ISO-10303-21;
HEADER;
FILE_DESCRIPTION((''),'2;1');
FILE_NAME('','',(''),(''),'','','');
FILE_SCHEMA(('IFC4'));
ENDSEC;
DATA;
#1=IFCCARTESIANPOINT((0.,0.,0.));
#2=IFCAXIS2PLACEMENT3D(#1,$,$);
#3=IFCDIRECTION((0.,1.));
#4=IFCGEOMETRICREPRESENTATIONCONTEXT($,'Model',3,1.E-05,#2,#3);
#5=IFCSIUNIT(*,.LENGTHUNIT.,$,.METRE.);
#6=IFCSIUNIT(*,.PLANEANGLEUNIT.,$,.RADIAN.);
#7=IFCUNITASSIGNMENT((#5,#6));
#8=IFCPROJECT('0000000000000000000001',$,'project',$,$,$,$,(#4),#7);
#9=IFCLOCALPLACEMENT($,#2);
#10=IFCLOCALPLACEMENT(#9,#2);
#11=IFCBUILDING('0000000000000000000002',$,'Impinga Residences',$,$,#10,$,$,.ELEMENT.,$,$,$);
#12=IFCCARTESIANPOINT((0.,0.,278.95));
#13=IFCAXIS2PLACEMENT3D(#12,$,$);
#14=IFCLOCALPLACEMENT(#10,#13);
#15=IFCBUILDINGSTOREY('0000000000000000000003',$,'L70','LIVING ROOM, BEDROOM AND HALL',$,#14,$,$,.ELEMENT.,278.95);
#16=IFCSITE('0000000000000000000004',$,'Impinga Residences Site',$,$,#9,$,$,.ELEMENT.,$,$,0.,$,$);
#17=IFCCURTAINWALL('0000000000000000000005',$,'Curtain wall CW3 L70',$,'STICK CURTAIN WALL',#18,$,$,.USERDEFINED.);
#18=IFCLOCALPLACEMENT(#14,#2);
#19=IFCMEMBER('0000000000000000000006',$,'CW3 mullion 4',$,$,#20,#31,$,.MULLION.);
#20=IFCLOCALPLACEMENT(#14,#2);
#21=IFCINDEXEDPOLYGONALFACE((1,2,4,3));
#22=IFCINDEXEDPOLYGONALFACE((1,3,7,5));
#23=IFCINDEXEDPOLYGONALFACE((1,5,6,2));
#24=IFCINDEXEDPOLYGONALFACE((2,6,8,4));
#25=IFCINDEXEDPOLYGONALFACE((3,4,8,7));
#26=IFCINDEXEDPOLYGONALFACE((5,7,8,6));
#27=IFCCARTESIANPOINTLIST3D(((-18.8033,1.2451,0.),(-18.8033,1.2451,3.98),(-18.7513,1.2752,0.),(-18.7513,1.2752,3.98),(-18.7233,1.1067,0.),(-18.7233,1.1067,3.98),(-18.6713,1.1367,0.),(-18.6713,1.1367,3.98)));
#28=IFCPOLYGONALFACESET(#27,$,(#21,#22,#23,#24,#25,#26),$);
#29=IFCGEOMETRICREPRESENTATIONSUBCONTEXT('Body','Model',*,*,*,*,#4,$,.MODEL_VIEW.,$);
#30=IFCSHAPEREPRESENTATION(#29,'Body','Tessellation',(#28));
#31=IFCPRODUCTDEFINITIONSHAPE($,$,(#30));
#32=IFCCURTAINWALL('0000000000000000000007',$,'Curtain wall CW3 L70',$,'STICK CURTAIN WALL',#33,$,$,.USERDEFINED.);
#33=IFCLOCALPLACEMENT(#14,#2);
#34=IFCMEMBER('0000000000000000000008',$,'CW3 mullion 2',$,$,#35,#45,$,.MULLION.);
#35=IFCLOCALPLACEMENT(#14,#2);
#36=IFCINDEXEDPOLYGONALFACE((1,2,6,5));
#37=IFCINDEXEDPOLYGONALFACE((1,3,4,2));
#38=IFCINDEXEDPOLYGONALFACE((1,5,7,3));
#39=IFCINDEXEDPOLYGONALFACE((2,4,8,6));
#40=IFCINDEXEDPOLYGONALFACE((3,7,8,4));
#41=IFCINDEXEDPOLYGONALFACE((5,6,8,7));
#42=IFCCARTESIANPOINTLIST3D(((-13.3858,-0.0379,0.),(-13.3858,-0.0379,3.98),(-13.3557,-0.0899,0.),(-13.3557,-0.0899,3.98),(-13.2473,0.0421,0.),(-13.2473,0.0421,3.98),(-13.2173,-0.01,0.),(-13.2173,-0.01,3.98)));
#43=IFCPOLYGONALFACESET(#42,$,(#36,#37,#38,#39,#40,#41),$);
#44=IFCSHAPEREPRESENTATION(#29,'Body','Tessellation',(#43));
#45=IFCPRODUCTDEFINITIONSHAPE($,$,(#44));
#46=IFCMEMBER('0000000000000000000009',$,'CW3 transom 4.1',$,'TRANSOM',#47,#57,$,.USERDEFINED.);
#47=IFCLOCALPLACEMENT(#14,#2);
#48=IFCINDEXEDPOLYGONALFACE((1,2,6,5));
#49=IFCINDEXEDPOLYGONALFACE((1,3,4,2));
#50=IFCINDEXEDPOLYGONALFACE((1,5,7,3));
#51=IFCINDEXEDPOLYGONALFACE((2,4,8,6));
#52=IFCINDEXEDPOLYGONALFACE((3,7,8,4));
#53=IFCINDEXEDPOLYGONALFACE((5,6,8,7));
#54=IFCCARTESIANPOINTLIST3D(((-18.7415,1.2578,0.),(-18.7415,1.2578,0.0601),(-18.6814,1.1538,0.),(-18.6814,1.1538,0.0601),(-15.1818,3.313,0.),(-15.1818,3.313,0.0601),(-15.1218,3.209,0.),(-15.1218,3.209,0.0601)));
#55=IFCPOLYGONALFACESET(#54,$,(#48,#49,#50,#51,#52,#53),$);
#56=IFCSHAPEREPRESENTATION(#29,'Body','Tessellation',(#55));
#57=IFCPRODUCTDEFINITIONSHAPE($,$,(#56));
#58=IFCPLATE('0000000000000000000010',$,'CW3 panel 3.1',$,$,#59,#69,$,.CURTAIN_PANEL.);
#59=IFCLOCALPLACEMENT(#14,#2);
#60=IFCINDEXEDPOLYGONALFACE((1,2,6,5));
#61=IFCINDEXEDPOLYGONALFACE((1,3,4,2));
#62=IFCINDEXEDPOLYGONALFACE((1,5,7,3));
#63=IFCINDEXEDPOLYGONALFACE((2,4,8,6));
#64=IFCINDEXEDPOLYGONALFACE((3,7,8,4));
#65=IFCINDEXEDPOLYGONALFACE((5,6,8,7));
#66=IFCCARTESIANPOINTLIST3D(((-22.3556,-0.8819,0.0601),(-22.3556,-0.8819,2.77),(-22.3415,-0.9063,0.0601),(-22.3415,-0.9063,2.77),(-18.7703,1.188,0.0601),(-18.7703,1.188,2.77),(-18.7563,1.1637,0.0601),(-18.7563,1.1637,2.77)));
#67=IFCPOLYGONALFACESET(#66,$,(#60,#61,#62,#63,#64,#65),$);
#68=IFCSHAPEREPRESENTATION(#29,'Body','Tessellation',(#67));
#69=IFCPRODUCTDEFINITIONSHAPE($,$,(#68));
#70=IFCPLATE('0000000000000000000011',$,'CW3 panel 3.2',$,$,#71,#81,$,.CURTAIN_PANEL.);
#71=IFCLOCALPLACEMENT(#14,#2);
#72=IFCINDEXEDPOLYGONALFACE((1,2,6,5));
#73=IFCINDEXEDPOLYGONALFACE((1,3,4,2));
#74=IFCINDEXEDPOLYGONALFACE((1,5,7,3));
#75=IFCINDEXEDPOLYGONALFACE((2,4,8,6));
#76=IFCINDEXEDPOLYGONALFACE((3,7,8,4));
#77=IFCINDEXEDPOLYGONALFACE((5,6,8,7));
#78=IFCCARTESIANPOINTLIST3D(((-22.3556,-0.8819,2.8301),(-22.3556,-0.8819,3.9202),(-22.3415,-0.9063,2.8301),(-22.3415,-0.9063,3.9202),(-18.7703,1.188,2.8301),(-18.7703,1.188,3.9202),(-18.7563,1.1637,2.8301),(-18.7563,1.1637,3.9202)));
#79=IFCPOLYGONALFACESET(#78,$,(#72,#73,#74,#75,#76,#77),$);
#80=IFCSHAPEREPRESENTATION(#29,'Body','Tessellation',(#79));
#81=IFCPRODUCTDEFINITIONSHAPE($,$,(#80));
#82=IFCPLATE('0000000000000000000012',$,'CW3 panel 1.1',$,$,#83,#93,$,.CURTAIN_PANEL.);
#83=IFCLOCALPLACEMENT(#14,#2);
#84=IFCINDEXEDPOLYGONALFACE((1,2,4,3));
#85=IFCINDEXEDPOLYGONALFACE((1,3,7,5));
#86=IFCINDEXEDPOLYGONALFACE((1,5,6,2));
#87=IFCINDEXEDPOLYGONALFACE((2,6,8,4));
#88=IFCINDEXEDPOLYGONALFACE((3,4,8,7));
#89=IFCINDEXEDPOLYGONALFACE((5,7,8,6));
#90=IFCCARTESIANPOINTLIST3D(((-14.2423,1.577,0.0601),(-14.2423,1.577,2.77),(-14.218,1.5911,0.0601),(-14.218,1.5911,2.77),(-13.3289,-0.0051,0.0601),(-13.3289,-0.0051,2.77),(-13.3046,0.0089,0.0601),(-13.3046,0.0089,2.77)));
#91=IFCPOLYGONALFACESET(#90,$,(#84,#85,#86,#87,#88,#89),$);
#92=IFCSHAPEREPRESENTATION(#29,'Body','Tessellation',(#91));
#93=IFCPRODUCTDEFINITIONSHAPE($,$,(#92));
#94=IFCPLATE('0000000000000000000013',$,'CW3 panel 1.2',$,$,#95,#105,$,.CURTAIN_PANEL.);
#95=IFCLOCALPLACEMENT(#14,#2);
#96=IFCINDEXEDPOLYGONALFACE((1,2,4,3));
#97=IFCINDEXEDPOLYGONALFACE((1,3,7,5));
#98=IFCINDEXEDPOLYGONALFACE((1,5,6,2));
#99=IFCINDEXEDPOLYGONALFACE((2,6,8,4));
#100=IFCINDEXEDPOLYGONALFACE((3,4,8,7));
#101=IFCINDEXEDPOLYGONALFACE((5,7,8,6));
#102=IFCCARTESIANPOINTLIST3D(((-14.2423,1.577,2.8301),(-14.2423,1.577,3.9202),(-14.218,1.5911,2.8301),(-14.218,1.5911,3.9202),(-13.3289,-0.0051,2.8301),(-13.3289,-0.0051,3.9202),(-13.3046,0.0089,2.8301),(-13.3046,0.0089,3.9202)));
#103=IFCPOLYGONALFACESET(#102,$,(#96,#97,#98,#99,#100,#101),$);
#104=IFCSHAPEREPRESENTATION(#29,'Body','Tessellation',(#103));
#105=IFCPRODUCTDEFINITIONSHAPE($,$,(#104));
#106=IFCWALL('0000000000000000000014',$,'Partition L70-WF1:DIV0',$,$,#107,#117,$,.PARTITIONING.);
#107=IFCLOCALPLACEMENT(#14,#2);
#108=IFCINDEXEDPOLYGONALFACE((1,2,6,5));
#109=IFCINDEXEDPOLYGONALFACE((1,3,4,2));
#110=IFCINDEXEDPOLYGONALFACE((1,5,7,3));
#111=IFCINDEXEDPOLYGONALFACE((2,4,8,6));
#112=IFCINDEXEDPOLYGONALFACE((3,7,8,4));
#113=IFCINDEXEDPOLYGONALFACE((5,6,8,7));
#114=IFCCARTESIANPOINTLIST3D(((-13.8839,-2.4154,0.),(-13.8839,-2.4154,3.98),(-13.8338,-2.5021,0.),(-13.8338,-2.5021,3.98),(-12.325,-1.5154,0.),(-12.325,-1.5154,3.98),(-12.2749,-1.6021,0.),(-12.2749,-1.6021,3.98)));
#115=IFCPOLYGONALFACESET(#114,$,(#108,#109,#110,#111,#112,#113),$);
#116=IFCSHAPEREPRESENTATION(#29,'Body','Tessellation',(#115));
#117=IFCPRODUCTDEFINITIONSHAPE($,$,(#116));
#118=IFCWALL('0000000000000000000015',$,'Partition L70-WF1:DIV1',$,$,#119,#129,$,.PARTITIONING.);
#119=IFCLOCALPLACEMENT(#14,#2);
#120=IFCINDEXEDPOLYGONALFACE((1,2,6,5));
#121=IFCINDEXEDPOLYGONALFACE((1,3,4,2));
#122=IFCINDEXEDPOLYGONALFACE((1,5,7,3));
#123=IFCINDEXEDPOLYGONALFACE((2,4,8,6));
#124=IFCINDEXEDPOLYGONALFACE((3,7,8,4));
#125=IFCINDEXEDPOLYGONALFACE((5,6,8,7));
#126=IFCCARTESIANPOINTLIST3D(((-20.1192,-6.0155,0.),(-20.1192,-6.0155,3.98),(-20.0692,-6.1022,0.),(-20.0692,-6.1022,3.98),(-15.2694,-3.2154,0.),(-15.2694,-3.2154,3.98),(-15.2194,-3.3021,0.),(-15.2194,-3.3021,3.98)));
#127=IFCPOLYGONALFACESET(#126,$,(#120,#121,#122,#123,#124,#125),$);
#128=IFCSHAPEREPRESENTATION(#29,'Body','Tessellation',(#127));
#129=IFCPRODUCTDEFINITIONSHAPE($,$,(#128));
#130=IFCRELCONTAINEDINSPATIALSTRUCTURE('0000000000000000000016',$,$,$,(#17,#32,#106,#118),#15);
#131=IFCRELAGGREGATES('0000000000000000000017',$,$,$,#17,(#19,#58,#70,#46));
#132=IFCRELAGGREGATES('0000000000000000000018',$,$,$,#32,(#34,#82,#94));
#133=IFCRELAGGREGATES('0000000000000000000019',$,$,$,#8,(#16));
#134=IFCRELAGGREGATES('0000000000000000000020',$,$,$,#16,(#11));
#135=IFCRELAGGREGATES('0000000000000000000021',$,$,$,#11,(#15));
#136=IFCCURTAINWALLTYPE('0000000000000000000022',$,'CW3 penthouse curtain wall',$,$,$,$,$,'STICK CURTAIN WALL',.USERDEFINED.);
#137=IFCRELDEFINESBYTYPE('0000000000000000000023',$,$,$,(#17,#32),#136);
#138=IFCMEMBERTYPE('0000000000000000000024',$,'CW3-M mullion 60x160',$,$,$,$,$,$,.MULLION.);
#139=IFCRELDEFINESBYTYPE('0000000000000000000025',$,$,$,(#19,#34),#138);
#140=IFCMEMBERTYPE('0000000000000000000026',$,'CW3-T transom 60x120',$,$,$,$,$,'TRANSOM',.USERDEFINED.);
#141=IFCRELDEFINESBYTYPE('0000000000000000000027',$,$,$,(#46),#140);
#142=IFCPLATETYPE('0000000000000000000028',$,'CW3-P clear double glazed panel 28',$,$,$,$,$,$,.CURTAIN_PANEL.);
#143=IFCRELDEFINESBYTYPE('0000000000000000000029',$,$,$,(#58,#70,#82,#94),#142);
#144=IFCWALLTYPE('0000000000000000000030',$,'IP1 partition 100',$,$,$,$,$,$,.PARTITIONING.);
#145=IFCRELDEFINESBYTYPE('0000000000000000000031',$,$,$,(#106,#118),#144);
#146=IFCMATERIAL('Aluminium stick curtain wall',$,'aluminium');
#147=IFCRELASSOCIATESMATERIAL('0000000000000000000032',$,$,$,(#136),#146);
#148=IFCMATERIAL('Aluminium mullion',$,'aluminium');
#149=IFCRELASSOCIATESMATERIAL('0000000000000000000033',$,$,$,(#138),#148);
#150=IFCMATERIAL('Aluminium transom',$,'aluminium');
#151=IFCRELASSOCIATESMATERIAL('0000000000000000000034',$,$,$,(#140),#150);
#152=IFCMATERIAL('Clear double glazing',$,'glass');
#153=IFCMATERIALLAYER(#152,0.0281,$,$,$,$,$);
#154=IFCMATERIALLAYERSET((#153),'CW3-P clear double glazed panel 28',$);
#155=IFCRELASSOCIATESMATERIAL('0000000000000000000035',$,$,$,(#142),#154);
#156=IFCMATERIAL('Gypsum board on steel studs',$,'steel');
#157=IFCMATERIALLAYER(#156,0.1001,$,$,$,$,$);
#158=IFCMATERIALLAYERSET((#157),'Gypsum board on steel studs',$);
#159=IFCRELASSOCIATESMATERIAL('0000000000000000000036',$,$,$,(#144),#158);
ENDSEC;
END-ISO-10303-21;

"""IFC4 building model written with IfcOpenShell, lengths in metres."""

from ifc_helpers import new_model, si_unit, direction, frame, frame_2d, origin, origin_2d, place, context, subcontext, project, spatial, rectangle, extrude, material, layer, layer_set, material_profile, profile_set, type_object, element, aggregate, save


model = new_model("IFC4")

# Units and contexts
model_context = context("Model", 3, precision=1e-05, world=origin(), true_north=direction((0.0, 1.0)))
body_context = subcontext(model_context, "Body", "Model", "MODEL_VIEW")
ifc_project = project(units=[si_unit("LENGTHUNIT", "METRE"), si_unit("PLANEANGLEUNIT", "RADIAN")], contexts=[model_context])

# Site, building, storey
site_placement = place(None, origin())
site = spatial("IfcSite", under=ifc_project, at=site_placement, Name="Impinga Residences Site", CompositionType="ELEMENT", RefElevation=0.0)
building_placement = place(site_placement, origin())
building = spatial("IfcBuilding", under=site, at=building_placement, Name="Impinga Residences", CompositionType="ELEMENT")
storey_placement = place(building_placement, frame((0.0, 0.0, 278.95)))
storey = spatial("IfcBuildingStorey", under=building, at=storey_placement, Name="L70", Description="LIVING ROOM, BEDROOM AND HALL", CompositionType="ELEMENT", Elevation=278.95)

# Curtain walls, members
ifc_material_1 = material(Name="Aluminium stick curtain wall", Category="aluminium")
curtain_wall_type = type_object("IfcCurtainWallType", Name="CW3 penthouse curtain wall", ElementType="STICK CURTAIN WALL", PredefinedType="USERDEFINED", material=ifc_material_1)
curtain_wall_1_placement = place(storey_placement, origin())
curtain_wall_1 = element("IfcCurtainWall", 1, at=curtain_wall_1_placement, inside=storey, type_object=curtain_wall_type, Name="Curtain wall CW3 L70", ObjectType="STICK CURTAIN WALL", PredefinedType="USERDEFINED")
ifc_material_2 = material(Name="Aluminium mullion", Category="aluminium")
ifc_material_profile_1 = material_profile(ifc_material_2, rectangle(XDim=0.0601, YDim=0.1599, at=origin_2d()), Name="60x160 mullion")
ifc_profile_set_1 = profile_set([ifc_material_profile_1], Name="Aluminium mullion")
member_type_1 = type_object("IfcMemberType", Name="CW3-M mullion 60x160", PredefinedType="MULLION", material=ifc_profile_set_1)
member_1_placement = place(storey_placement, frame((-18.7373, 1.1909, 0.0), z_axis=(0.0, 0.0, 1.0), x_axis=(0.866025, 0.5, 0.0)))
member_1 = element("IfcMember", 2, at=member_1_placement, type_object=member_type_1, Name="CW3 mullion 4", PredefinedType="MULLION", context=body_context, shape_type="SweptSolid", body=[
    extrude(rectangle(XDim=0.0601, YDim=0.1599, at=origin_2d()), origin(), (0.0, 0.0, 1.0), 3.98),
])
curtain_wall_2_placement = place(storey_placement, origin())
curtain_wall_2 = element("IfcCurtainWall", 3, at=curtain_wall_2_placement, inside=storey, type_object=curtain_wall_type, Name="Curtain wall CW3 L70", ObjectType="STICK CURTAIN WALL", PredefinedType="USERDEFINED")
member_2_placement = place(storey_placement, frame((-13.3015, -0.0239, 0.0), z_axis=(0.0, 0.0, 1.0), x_axis=(0.5, -0.866025, 0.0)))
member_2 = element("IfcMember", 4, at=member_2_placement, type_object=member_type_1, Name="CW3 mullion 2", PredefinedType="MULLION", context=body_context, shape_type="SweptSolid", body=[
    extrude(rectangle(XDim=0.0601, YDim=0.1599, at=origin_2d()), origin(), (0.0, 0.0, 1.0), 3.98),
])

# Member
ifc_material_3 = material(Name="Aluminium transom", Category="aluminium")
ifc_material_profile_2 = material_profile(ifc_material_3, rectangle(XDim=0.0601, YDim=0.1201, at=origin_2d()), Name="60x120 transom")
ifc_profile_set_2 = profile_set([ifc_material_profile_2], Name="Aluminium transom")
member_type_2 = type_object("IfcMemberType", Name="CW3-T transom 60x120", ElementType="TRANSOM", PredefinedType="USERDEFINED", material=ifc_profile_set_2)
member_3_placement = place(storey_placement, frame((-18.7114, 1.2058, 0.03), z_axis=(0.866019, 0.50001, 0.0), x_axis=(0.0, 0.0, 1.0)))
member_3 = element("IfcMember", 5, at=member_3_placement, type_object=member_type_2, Name="CW3 transom 4.1", ObjectType="TRANSOM", PredefinedType="USERDEFINED", context=body_context, shape_type="SweptSolid", body=[
    extrude(rectangle(XDim=0.0601, YDim=0.1201, at=origin_2d()), origin(), (0.0, 0.0, 1.0), 4.1104),
])

# Plates
ifc_material_4 = material(Name="Clear double glazing", Category="glass")
ifc_layer_1 = layer(ifc_material_4, 0.0281)
ifc_layer_set_1 = layer_set([ifc_layer_1], Name="CW3-P clear double glazed panel 28")
plate_type = type_object("IfcPlateType", Name="CW3-P clear double glazed panel 28", PredefinedType="CURTAIN_PANEL", material=ifc_layer_set_1)
plate_1_placement = place(storey_placement, frame((-20.5559, 0.1409, 0.0601), z_axis=(0.0, 0.0, 1.0), x_axis=(0.866025, 0.5, 0.0)))
plate_1 = element("IfcPlate", 6, at=plate_1_placement, type_object=plate_type, Name="CW3 panel 3.1", PredefinedType="CURTAIN_PANEL", context=body_context, shape_type="SweptSolid", body=[
    extrude(rectangle(XDim=4.1399, YDim=0.0281, at=origin_2d()), origin(), (0.0, 0.0, 1.0), 2.71),
])
plate_2_placement = place(storey_placement, frame((-20.5559, 0.1409, 2.8301), z_axis=(0.0, 0.0, 1.0), x_axis=(0.866025, 0.5, 0.0)))
plate_2 = element("IfcPlate", 7, at=plate_2_placement, type_object=plate_type, Name="CW3 panel 3.2", PredefinedType="CURTAIN_PANEL", context=body_context, shape_type="SweptSolid", body=[
    extrude(rectangle(XDim=4.1399, YDim=0.0281, at=origin_2d()), origin(), (0.0, 0.0, 1.0), 1.0901),
])
aggregate(curtain_wall_1, [member_1, plate_1, plate_2, member_3])
plate_3_placement = place(storey_placement, frame((-13.7734, 0.793, 0.0601), z_axis=(0.0, 0.0, 1.0), x_axis=(0.5, -0.866025, 0.0)))
plate_3 = element("IfcPlate", 8, at=plate_3_placement, type_object=plate_type, Name="CW3 panel 1.1", PredefinedType="CURTAIN_PANEL", context=body_context, shape_type="SweptSolid", body=[
    extrude(rectangle(XDim=1.8269, YDim=0.0281, at=origin_2d()), origin(), (0.0, 0.0, 1.0), 2.71),
])
plate_4_placement = place(storey_placement, frame((-13.7734, 0.793, 2.8301), z_axis=(0.0, 0.0, 1.0), x_axis=(0.5, -0.866025, 0.0)))
plate_4 = element("IfcPlate", 9, at=plate_4_placement, type_object=plate_type, Name="CW3 panel 1.2", PredefinedType="CURTAIN_PANEL", context=body_context, shape_type="SweptSolid", body=[
    extrude(rectangle(XDim=1.8269, YDim=0.0281, at=origin_2d()), origin(), (0.0, 0.0, 1.0), 1.0901),
])
aggregate(curtain_wall_2, [member_2, plate_3, plate_4])

# Walls
ifc_material_5 = material(Name="Gypsum board on steel studs", Category="steel")
ifc_layer_2 = layer(ifc_material_5, 0.1001)
ifc_layer_set_2 = layer_set([ifc_layer_2], Name="Gypsum board on steel studs")
wall_type_1 = type_object("IfcWallType", Name="IP1 partition 100", PredefinedType="PARTITIONING", material=ifc_layer_set_2)
wall_1_placement = place(storey_placement, frame((-12.3, -1.5588, 0.0), z_axis=(0.0, 0.0, 1.0), x_axis=(-0.866048, -0.499961, 0.0)))
element("IfcWall", 10, at=wall_1_placement, inside=storey, type_object=wall_type_1, Name="Partition L70-WF1:DIV0", PredefinedType="PARTITIONING", context=body_context, shape_type="SweptSolid", body=[
    extrude(rectangle(XDim=1.8, YDim=0.1001, at=frame_2d((0.8999, 0.0))), origin(), (0.0, 0.0, 1.0), 3.98),
])
wall_2_placement = place(storey_placement, frame((-15.2444, -3.2588, 0.0), z_axis=(0.0, 0.0, 1.0), x_axis=(-0.866027, -0.499998, 0.0)))
element("IfcWall", 11, at=wall_2_placement, inside=storey, type_object=wall_type_1, Name="Partition L70-WF1:DIV1", PredefinedType="PARTITIONING", context=body_context, shape_type="SweptSolid", body=[
    extrude(rectangle(XDim=5.6001, YDim=0.1001, at=frame_2d((2.8, 0.0))), origin(), (0.0, 0.0, 1.0), 3.98),
])

save(model, "model.ifc")
